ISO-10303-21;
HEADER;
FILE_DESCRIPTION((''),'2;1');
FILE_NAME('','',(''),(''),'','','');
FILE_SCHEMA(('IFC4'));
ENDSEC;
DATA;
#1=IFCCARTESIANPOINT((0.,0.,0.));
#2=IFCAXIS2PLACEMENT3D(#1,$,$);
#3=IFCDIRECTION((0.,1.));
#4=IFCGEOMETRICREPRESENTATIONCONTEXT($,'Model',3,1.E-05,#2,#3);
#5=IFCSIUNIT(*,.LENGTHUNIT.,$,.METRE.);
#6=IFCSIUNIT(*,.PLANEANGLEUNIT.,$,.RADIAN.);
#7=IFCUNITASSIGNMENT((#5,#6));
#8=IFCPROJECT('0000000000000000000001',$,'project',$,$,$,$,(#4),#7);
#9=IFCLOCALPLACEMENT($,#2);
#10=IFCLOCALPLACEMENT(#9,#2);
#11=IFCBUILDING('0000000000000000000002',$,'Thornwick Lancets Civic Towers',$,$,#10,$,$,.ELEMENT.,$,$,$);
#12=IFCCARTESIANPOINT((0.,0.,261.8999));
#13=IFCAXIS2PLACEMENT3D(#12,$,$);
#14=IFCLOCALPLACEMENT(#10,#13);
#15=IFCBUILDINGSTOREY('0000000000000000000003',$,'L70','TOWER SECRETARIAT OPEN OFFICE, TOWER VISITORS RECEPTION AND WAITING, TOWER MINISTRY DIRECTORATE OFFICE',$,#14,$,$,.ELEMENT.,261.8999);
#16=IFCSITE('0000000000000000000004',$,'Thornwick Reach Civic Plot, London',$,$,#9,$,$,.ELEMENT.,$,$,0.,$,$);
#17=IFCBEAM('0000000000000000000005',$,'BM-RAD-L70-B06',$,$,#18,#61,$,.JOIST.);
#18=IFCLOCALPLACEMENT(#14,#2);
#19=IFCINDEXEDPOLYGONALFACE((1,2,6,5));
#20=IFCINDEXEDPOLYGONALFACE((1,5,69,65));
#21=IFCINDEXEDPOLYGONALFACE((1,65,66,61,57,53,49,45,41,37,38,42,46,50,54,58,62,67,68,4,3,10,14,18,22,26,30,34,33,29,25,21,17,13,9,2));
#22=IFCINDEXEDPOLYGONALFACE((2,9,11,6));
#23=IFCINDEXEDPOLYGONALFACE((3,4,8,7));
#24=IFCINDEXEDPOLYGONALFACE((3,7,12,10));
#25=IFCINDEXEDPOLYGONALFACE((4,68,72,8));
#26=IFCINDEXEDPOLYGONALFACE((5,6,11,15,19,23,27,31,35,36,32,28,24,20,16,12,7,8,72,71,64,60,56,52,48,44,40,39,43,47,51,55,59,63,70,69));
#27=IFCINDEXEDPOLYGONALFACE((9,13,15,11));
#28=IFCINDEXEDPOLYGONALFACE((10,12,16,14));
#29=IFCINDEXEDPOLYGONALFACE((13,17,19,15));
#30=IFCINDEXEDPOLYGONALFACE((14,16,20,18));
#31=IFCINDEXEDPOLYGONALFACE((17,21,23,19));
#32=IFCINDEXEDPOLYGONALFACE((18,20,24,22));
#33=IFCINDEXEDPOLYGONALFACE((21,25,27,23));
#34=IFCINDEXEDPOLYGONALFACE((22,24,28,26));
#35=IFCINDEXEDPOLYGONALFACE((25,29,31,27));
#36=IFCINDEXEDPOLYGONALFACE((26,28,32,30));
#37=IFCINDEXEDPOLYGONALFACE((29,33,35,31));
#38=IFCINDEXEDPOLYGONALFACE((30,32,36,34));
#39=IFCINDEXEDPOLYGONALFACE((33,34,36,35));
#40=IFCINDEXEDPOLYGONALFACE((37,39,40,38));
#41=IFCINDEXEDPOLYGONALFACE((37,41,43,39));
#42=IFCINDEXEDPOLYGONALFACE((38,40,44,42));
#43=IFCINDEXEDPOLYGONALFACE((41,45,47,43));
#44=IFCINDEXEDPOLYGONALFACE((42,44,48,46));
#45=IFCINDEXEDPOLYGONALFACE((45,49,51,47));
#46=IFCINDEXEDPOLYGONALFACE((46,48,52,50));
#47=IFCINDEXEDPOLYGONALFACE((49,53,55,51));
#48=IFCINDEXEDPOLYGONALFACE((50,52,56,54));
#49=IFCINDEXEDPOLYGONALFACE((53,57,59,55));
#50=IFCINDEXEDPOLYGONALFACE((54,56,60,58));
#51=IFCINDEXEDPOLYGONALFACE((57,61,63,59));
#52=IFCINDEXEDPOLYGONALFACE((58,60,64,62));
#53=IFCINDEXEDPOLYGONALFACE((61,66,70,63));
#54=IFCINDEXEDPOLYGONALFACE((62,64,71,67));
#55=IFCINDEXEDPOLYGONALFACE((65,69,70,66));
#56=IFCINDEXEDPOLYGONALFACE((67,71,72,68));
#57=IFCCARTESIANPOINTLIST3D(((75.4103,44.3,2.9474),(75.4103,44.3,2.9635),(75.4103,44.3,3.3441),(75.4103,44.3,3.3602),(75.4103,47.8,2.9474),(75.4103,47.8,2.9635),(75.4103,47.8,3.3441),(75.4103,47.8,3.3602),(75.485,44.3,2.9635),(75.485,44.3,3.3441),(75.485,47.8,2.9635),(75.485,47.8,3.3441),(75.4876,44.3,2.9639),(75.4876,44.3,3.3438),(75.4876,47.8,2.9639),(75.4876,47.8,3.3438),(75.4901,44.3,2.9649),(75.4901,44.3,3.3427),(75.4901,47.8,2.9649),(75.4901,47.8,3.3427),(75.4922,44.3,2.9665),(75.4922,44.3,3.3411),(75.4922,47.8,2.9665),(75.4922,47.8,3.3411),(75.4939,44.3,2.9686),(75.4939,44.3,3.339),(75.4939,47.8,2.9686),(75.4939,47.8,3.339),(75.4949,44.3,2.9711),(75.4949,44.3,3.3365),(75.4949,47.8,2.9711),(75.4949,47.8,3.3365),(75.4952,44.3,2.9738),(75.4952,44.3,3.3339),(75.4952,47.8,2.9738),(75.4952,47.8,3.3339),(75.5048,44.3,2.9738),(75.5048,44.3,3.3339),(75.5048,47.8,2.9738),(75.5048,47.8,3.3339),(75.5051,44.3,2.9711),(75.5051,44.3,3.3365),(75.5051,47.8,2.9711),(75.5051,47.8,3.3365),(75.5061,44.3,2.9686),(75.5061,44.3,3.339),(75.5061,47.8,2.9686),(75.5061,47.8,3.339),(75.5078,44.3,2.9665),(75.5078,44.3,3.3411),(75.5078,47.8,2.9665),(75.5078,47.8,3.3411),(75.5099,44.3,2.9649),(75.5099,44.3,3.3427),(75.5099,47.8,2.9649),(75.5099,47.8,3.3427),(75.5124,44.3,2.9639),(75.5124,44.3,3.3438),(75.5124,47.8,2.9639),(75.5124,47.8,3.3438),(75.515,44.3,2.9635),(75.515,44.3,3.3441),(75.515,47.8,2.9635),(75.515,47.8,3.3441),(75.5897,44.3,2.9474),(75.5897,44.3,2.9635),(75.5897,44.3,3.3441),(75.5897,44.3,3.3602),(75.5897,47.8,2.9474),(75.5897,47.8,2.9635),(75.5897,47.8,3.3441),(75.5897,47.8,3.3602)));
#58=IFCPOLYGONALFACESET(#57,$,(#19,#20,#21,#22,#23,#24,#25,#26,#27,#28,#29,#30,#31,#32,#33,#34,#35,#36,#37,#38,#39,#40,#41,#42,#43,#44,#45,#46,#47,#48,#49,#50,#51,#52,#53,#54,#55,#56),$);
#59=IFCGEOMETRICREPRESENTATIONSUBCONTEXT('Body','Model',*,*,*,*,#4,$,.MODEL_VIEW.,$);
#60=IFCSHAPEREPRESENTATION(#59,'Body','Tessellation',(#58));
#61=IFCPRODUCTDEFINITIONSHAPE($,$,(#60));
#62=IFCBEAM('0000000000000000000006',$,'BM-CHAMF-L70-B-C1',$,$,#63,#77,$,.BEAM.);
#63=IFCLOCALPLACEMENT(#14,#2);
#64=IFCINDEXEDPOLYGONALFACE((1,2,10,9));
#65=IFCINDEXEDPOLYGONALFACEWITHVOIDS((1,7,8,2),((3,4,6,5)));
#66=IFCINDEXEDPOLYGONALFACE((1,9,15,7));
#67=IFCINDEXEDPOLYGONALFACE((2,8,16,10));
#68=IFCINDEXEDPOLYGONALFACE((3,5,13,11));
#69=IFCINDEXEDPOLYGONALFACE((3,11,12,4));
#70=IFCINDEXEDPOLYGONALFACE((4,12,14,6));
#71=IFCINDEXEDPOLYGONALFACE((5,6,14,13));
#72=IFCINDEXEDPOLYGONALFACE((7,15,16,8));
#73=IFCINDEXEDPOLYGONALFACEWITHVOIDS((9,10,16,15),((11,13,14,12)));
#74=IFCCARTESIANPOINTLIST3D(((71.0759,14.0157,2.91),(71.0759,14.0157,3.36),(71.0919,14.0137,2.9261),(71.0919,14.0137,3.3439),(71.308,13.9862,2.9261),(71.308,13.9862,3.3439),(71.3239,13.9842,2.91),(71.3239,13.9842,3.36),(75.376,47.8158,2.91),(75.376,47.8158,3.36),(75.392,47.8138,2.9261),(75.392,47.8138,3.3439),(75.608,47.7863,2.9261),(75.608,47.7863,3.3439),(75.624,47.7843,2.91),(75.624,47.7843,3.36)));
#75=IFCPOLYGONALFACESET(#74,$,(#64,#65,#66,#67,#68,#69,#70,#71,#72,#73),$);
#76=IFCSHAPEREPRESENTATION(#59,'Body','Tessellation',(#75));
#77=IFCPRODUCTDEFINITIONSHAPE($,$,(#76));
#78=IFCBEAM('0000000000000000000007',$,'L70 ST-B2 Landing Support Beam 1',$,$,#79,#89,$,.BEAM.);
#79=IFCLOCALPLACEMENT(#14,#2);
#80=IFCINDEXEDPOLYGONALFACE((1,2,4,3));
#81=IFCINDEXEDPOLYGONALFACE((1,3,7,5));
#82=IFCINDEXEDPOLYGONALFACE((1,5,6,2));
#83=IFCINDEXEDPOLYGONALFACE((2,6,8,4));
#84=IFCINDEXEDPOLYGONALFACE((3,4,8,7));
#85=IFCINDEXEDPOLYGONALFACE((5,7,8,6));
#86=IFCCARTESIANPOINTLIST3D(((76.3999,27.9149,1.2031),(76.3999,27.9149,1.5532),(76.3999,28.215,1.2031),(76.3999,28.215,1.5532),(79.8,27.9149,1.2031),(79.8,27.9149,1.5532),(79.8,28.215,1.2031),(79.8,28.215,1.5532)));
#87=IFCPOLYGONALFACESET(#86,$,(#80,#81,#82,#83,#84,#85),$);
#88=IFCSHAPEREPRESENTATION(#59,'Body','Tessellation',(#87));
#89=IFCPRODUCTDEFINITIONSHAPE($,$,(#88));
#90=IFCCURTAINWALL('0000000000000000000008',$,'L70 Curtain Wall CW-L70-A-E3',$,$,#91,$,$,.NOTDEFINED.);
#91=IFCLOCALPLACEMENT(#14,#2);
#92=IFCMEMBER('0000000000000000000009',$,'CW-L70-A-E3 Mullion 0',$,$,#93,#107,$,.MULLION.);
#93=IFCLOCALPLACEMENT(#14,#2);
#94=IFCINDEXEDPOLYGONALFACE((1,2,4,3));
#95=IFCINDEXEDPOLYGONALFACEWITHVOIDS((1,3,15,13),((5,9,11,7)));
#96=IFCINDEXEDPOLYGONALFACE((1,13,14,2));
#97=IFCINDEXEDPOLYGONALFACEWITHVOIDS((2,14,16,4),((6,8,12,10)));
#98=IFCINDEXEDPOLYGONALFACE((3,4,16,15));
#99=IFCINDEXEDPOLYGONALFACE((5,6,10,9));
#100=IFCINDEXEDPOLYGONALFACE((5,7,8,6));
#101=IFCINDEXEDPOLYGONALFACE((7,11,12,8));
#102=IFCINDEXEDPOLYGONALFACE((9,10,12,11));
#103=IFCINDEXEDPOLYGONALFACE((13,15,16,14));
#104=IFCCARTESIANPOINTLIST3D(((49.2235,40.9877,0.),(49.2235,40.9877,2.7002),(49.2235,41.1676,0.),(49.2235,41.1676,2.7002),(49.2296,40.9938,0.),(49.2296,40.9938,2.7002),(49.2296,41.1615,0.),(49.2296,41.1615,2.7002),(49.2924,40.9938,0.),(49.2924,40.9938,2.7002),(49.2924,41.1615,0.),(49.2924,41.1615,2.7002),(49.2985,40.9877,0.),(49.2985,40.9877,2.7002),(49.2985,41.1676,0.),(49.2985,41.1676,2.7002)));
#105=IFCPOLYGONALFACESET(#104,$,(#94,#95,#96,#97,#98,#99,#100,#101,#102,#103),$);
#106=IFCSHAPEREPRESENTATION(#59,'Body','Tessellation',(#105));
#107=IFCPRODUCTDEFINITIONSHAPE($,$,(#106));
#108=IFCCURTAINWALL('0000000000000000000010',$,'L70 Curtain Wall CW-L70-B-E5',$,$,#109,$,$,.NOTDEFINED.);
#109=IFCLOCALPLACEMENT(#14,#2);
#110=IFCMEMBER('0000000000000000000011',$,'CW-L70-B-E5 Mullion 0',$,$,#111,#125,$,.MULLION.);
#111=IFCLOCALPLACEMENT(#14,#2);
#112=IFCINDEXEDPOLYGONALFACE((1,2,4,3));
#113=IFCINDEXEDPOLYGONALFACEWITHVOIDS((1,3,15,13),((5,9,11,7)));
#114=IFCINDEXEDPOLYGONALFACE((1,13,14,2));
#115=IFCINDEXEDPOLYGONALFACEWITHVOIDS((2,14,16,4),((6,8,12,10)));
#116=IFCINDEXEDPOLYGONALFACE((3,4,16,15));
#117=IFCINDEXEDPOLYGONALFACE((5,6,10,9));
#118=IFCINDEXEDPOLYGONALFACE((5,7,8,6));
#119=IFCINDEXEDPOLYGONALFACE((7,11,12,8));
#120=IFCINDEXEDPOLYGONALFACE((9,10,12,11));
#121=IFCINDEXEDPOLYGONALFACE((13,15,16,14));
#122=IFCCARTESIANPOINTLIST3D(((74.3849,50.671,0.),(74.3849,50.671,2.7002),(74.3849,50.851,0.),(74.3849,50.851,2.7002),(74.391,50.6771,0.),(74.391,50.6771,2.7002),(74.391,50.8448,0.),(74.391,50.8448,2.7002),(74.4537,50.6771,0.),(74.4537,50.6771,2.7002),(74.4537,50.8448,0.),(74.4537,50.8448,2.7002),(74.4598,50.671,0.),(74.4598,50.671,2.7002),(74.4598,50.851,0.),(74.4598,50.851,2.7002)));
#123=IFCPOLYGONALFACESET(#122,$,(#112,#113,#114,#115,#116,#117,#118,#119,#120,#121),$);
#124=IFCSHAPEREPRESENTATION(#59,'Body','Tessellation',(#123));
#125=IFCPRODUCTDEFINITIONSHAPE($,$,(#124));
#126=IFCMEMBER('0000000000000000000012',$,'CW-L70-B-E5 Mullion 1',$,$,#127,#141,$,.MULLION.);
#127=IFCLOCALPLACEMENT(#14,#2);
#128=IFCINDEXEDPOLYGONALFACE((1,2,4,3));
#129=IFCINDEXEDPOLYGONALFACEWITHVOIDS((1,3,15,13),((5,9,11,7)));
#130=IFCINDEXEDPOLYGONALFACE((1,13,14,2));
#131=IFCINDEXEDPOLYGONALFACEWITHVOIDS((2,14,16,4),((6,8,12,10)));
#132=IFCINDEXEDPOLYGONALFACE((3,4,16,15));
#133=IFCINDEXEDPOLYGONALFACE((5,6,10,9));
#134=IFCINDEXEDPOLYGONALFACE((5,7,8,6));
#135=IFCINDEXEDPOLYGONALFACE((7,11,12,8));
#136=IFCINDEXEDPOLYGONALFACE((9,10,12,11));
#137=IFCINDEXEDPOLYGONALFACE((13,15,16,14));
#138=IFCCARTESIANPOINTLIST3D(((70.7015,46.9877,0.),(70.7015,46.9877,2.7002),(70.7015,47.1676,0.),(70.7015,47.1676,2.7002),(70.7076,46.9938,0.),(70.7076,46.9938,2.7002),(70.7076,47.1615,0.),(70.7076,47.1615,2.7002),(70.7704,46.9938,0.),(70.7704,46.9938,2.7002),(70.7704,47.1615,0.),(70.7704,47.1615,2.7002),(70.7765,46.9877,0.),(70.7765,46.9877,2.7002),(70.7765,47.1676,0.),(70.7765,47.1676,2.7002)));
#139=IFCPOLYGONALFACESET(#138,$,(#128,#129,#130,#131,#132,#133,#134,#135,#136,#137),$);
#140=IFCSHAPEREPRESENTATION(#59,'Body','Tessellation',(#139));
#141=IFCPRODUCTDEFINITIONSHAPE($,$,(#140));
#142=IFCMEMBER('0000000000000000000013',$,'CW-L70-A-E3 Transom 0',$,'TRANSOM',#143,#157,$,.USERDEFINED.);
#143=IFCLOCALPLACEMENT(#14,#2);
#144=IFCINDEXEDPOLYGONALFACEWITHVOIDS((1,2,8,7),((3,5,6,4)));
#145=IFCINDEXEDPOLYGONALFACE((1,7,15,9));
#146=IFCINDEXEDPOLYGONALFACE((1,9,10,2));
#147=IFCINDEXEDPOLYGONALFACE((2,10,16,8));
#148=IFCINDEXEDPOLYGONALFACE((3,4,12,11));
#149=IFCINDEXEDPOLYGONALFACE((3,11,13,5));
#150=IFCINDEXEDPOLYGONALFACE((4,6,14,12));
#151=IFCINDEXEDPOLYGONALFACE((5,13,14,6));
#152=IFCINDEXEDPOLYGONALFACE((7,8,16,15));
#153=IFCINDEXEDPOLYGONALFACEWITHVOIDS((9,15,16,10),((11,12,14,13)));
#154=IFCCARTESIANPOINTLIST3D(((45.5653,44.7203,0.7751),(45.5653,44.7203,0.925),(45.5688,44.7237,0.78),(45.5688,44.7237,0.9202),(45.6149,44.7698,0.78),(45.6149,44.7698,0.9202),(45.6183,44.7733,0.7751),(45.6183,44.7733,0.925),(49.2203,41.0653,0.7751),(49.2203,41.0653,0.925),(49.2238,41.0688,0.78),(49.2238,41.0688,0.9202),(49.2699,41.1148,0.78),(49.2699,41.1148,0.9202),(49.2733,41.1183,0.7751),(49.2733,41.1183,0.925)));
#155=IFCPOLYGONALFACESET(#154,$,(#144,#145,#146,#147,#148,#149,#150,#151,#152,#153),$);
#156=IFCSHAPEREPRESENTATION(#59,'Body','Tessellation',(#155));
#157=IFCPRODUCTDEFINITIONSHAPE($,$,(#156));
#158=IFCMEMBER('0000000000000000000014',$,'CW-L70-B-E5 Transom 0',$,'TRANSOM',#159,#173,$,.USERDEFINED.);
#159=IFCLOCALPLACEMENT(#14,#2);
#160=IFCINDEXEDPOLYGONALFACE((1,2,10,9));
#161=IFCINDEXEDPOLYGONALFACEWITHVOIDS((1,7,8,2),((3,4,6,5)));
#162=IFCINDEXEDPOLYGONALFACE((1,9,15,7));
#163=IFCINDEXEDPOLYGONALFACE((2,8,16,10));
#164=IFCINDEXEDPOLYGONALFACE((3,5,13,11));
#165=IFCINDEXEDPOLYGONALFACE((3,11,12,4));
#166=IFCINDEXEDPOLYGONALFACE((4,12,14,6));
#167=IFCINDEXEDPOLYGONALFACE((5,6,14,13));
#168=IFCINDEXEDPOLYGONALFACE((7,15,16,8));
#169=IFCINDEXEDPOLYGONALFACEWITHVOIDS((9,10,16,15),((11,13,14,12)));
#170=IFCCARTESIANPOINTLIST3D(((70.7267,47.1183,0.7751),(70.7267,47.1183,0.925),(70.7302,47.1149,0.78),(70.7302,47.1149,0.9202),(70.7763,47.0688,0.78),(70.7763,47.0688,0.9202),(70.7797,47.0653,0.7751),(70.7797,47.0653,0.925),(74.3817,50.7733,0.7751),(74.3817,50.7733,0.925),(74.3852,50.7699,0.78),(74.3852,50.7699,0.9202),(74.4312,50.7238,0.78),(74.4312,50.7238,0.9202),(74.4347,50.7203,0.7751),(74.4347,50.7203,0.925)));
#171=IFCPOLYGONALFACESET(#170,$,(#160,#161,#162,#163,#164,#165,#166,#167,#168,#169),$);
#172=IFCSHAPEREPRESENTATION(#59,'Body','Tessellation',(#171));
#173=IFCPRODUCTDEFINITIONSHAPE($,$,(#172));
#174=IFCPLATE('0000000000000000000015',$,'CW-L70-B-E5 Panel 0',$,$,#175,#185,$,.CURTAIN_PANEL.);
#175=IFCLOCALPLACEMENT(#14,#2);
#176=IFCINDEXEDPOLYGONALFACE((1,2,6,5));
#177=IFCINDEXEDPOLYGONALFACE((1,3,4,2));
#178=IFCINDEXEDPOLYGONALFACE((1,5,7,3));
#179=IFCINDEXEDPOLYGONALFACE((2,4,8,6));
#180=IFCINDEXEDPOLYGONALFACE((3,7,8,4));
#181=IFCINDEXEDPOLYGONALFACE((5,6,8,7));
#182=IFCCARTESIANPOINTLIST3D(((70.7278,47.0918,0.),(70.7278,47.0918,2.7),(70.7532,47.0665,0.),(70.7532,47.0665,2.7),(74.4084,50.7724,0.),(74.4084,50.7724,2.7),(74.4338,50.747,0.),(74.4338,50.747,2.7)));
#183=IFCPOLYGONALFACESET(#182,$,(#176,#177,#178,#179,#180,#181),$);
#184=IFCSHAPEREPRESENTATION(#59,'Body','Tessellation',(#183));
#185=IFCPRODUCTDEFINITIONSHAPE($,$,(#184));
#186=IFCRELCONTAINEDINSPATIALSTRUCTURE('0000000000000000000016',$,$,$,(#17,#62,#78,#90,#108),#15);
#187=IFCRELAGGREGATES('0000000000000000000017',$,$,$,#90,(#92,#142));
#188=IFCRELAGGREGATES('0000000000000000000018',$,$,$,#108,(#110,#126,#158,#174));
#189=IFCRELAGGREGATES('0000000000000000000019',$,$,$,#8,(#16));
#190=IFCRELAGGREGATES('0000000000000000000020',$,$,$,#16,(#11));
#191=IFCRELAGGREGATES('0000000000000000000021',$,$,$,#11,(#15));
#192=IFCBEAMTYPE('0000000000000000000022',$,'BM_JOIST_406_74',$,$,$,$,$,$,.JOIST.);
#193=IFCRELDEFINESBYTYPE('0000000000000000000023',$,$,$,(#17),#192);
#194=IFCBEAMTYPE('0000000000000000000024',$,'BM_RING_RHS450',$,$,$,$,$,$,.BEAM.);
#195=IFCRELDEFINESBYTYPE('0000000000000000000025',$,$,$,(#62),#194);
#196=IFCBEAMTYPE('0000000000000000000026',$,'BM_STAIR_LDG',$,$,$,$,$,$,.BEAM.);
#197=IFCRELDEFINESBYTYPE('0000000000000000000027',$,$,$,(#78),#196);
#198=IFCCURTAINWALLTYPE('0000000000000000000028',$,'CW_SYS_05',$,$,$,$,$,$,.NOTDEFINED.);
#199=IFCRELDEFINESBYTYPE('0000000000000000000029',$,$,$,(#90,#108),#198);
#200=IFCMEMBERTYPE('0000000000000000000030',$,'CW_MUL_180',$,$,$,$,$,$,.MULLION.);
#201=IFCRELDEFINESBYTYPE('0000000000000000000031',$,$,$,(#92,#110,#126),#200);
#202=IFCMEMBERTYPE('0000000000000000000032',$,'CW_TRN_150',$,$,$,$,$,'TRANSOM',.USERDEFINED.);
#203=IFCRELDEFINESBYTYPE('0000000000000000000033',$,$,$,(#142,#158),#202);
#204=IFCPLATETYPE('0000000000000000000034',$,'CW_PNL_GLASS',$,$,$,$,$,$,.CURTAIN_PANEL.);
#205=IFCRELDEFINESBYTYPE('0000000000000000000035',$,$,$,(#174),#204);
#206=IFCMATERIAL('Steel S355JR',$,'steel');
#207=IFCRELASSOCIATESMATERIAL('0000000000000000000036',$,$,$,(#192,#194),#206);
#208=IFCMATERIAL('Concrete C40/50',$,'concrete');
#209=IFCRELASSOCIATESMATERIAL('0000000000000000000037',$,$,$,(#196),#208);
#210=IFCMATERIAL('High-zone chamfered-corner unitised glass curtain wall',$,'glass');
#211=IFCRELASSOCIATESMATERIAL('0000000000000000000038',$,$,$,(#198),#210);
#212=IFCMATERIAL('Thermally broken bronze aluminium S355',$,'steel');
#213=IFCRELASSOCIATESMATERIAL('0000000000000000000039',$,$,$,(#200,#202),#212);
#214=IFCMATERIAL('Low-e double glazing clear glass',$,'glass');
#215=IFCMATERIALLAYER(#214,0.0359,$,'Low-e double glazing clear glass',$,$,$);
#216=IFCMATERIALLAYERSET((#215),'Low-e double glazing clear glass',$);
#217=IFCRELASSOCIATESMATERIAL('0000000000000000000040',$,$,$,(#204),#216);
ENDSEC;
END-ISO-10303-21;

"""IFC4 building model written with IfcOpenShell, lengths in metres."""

from ifc_helpers import new_model, si_unit, direction, frame, origin, origin_2d, place, context, subcontext, project, spatial, rectangle, hollow_rectangle, i_section, extrude, material, layer, layer_set, material_profile, profile_set, type_object, element, aggregate, save


model = new_model("IFC4")

# Units and contexts
model_context = context("Model", 3, precision=1e-05, world=origin(), true_north=direction((0.0, 1.0)))
body_context = subcontext(model_context, "Body", "Model", "MODEL_VIEW")
ifc_project = project(units=[si_unit("LENGTHUNIT", "METRE"), si_unit("PLANEANGLEUNIT", "RADIAN")], contexts=[model_context])

# Site, building, storey
site_placement = place(None, origin())
site = spatial("IfcSite", under=ifc_project, at=site_placement, Name="Thornwick Reach Civic Plot, London", CompositionType="ELEMENT", RefElevation=0.0)
building_placement = place(site_placement, origin())
building = spatial("IfcBuilding", under=site, at=building_placement, Name="Thornwick Lancets Civic Towers", CompositionType="ELEMENT")
storey_placement = place(building_placement, frame((0.0, 0.0, 261.8999)))
storey = spatial("IfcBuildingStorey", under=building, at=storey_placement, Name="L70", Description="TOWER SECRETARIAT OPEN OFFICE, TOWER VISITORS RECEPTION AND WAITING, TOWER MINISTRY DIRECTORATE OFFICE", CompositionType="ELEMENT", Elevation=261.8999)

# Shared definitions
ifc_material_1 = material(Name="Steel S355JR", Category="steel")

# Beams
ifc_material_profile_1 = material_profile(ifc_material_1, i_section(OverallWidth=0.1794, OverallDepth=0.4128, WebThickness=0.0095, FlangeThickness=0.0161, FilletRadius=0.0103, at=origin_2d()), Name="UKB 406x178x74")
ifc_profile_set_1 = profile_set([ifc_material_profile_1], Name="Steel S355JR")
beam_type_1 = type_object("IfcBeamType", Name="BM_JOIST_406_74", PredefinedType="JOIST", material=ifc_profile_set_1)
beam_1_placement = place(storey_placement, frame((75.5, 44.3, 3.1538), z_axis=(0.0, 1.0, 0.0), x_axis=(-1.0, 0.0, 0.0)))
element("IfcBeam", 1, at=beam_1_placement, inside=storey, type_object=beam_type_1, Name="BM-RAD-L70-B06", PredefinedType="JOIST", context=body_context, shape_type="SweptSolid", body=[
    extrude(i_section(OverallWidth=0.1794, OverallDepth=0.4128, WebThickness=0.0095, FlangeThickness=0.0161, FilletRadius=0.0103, at=origin_2d()), origin(), (0.0, 0.0, 1.0), 3.5),
])
ifc_material_profile_2 = material_profile(ifc_material_1, hollow_rectangle(XDim=0.25, YDim=0.45, WallThickness=0.0161, at=origin_2d()), Name="RHS 450x250x16")
ifc_profile_set_2 = profile_set([ifc_material_profile_2], Name="Steel S355JR")
beam_type_2 = type_object("IfcBeamType", Name="BM_RING_RHS450", PredefinedType="BEAM", material=ifc_profile_set_2)
beam_2_placement = place(storey_placement, frame((75.5, 47.8, 3.135), z_axis=(-0.126203, -0.992004, 0.0), x_axis=(0.992004, -0.126203, 0.0)))
element("IfcBeam", 2, at=beam_2_placement, inside=storey, type_object=beam_type_2, Name="BM-CHAMF-L70-B-C1", PredefinedType="BEAM", context=body_context, shape_type="SweptSolid", body=[
    extrude(hollow_rectangle(XDim=0.25, YDim=0.45, WallThickness=0.0161, at=origin_2d()), origin(), (0.0, 0.0, 1.0), 34.0725),
])
ifc_material_2 = material(Name="Concrete C40/50", Category="concrete")
ifc_material_profile_3 = material_profile(ifc_material_2, rectangle(XDim=0.3, YDim=0.3501, at=origin_2d()), Name="RC 300x350")
ifc_profile_set_3 = profile_set([ifc_material_profile_3], Name="Concrete C40/50")
beam_type_3 = type_object("IfcBeamType", Name="BM_STAIR_LDG", PredefinedType="BEAM", material=ifc_profile_set_3)
beam_3_placement = place(storey_placement, frame((76.3999, 28.0649, 1.3782), z_axis=(1.0, 0.0, 0.0), x_axis=(0.0, 1.0, 0.0)))
element("IfcBeam", 3, at=beam_3_placement, inside=storey, type_object=beam_type_3, Name="L70 ST-B2 Landing Support Beam 1", PredefinedType="BEAM", context=body_context, shape_type="SweptSolid", body=[
    extrude(rectangle(XDim=0.3, YDim=0.3501, at=origin_2d()), origin(), (0.0, 0.0, 1.0), 3.4001),
])

# Curtain wall, member
ifc_material_3 = material(Name="High-zone chamfered-corner unitised glass curtain wall", Category="glass")
curtain_wall_type = type_object("IfcCurtainWallType", Name="CW_SYS_05", PredefinedType="NOTDEFINED", material=ifc_material_3)
curtain_wall_1_placement = place(storey_placement, origin())
curtain_wall_1 = element("IfcCurtainWall", 4, at=curtain_wall_1_placement, inside=storey, type_object=curtain_wall_type, Name="L70 Curtain Wall CW-L70-A-E3", PredefinedType="NOTDEFINED")
ifc_material_4 = material(Name="Thermally broken bronze aluminium S355", Category="steel")
ifc_material_profile_4 = material_profile(ifc_material_4, hollow_rectangle(XDim=0.075, YDim=0.1799, WallThickness=0.0061, at=origin_2d()), Name="RHS 180x75x6")
ifc_profile_set_4 = profile_set([ifc_material_profile_4], Name="Thermally broken bronze aluminium S355")
member_type_1 = type_object("IfcMemberType", Name="CW_MUL_180", PredefinedType="MULLION", material=ifc_profile_set_4)
member_1_placement = place(storey_placement, frame((49.261, 41.0776, 0.0), z_axis=(0.0, 0.0, 1.0), x_axis=(1.0, 0.0, 0.0)))
member_1 = element("IfcMember", 5, at=member_1_placement, type_object=member_type_1, Name="CW-L70-A-E3 Mullion 0", PredefinedType="MULLION", context=body_context, shape_type="SweptSolid", body=[
    extrude(hollow_rectangle(XDim=0.075, YDim=0.1799, WallThickness=0.0061, at=origin_2d()), origin(), (0.0, 0.0, 1.0), 2.7002),
])

# Curtain wall, members
curtain_wall_2_placement = place(storey_placement, origin())
curtain_wall_2 = element("IfcCurtainWall", 6, at=curtain_wall_2_placement, inside=storey, type_object=curtain_wall_type, Name="L70 Curtain Wall CW-L70-B-E5", PredefinedType="NOTDEFINED")
member_2_placement = place(storey_placement, frame((74.4224, 50.761, 0.0), z_axis=(0.0, 0.0, 1.0), x_axis=(1.0, 0.0, 0.0)))
member_2 = element("IfcMember", 7, at=member_2_placement, type_object=member_type_1, Name="CW-L70-B-E5 Mullion 0", PredefinedType="MULLION", context=body_context, shape_type="SweptSolid", body=[
    extrude(hollow_rectangle(XDim=0.075, YDim=0.1799, WallThickness=0.0061, at=origin_2d()), origin(), (0.0, 0.0, 1.0), 2.7002),
])
member_3_placement = place(storey_placement, frame((70.739, 47.0776, 0.0), z_axis=(0.0, 0.0, 1.0), x_axis=(1.0, 0.0, 0.0)))
member_3 = element("IfcMember", 8, at=member_3_placement, type_object=member_type_1, Name="CW-L70-B-E5 Mullion 1", PredefinedType="MULLION", context=body_context, shape_type="SweptSolid", body=[
    extrude(hollow_rectangle(XDim=0.075, YDim=0.1799, WallThickness=0.0061, at=origin_2d()), origin(), (0.0, 0.0, 1.0), 2.7002),
])

# Members
ifc_material_profile_5 = material_profile(ifc_material_4, hollow_rectangle(XDim=0.075, YDim=0.1499, WallThickness=0.0049, at=origin_2d()), Name="RHS 150x75x5")
ifc_profile_set_5 = profile_set([ifc_material_profile_5], Name="Thermally broken bronze aluminium S355")
member_type_2 = type_object("IfcMemberType", Name="CW_TRN_150", ElementType="TRANSOM", PredefinedType="USERDEFINED", material=ifc_profile_set_5)
member_4_placement = place(storey_placement, frame((49.2468, 41.0918, 0.8501), z_axis=(-0.707107, 0.707107, 0.0), x_axis=(-0.707107, -0.707107, 0.0)))
member_4 = element("IfcMember", 9, at=member_4_placement, type_object=member_type_2, Name="CW-L70-A-E3 Transom 0", ObjectType="TRANSOM", PredefinedType="USERDEFINED", context=body_context, shape_type="SweptSolid", body=[
    extrude(hollow_rectangle(XDim=0.075, YDim=0.1499, WallThickness=0.0049, at=origin_2d()), origin(), (0.0, 0.0, 1.0), 5.1689),
])
aggregate(curtain_wall_1, [member_1, member_4])
member_5_placement = place(storey_placement, frame((74.4082, 50.7468, 0.8501), z_axis=(-0.707107, -0.707107, 0.0), x_axis=(0.707107, -0.707107, 0.0)))
member_5 = element("IfcMember", 10, at=member_5_placement, type_object=member_type_2, Name="CW-L70-B-E5 Transom 0", ObjectType="TRANSOM", PredefinedType="USERDEFINED", context=body_context, shape_type="SweptSolid", body=[
    extrude(hollow_rectangle(XDim=0.075, YDim=0.1499, WallThickness=0.0049, at=origin_2d()), origin(), (0.0, 0.0, 1.0), 5.1689),
])

# Plate
ifc_material_5 = material(Name="Low-e double glazing clear glass", Category="glass")
ifc_layer_1 = layer(ifc_material_5, 0.0359, Name="Low-e double glazing clear glass")
ifc_layer_set_1 = layer_set([ifc_layer_1], Name="Low-e double glazing clear glass")
plate_type = type_object("IfcPlateType", Name="CW_PNL_GLASS", PredefinedType="CURTAIN_PANEL", material=ifc_layer_set_1)
plate_placement = place(storey_placement, frame((72.5808, 48.9194, 0.0), z_axis=(0.0, 0.0, 1.0), x_axis=(-0.707107, -0.707107, 0.0)))
plate = element("IfcPlate", 11, at=plate_placement, type_object=plate_type, Name="CW-L70-B-E5 Panel 0", PredefinedType="CURTAIN_PANEL", context=body_context, shape_type="SweptSolid", body=[
    extrude(rectangle(XDim=5.2051, YDim=0.0359, at=origin_2d()), origin(), (0.0, 0.0, 1.0), 2.7),
])
aggregate(curtain_wall_2, [member_2, member_3, member_5, plate])

save(model, "model.ifc")
